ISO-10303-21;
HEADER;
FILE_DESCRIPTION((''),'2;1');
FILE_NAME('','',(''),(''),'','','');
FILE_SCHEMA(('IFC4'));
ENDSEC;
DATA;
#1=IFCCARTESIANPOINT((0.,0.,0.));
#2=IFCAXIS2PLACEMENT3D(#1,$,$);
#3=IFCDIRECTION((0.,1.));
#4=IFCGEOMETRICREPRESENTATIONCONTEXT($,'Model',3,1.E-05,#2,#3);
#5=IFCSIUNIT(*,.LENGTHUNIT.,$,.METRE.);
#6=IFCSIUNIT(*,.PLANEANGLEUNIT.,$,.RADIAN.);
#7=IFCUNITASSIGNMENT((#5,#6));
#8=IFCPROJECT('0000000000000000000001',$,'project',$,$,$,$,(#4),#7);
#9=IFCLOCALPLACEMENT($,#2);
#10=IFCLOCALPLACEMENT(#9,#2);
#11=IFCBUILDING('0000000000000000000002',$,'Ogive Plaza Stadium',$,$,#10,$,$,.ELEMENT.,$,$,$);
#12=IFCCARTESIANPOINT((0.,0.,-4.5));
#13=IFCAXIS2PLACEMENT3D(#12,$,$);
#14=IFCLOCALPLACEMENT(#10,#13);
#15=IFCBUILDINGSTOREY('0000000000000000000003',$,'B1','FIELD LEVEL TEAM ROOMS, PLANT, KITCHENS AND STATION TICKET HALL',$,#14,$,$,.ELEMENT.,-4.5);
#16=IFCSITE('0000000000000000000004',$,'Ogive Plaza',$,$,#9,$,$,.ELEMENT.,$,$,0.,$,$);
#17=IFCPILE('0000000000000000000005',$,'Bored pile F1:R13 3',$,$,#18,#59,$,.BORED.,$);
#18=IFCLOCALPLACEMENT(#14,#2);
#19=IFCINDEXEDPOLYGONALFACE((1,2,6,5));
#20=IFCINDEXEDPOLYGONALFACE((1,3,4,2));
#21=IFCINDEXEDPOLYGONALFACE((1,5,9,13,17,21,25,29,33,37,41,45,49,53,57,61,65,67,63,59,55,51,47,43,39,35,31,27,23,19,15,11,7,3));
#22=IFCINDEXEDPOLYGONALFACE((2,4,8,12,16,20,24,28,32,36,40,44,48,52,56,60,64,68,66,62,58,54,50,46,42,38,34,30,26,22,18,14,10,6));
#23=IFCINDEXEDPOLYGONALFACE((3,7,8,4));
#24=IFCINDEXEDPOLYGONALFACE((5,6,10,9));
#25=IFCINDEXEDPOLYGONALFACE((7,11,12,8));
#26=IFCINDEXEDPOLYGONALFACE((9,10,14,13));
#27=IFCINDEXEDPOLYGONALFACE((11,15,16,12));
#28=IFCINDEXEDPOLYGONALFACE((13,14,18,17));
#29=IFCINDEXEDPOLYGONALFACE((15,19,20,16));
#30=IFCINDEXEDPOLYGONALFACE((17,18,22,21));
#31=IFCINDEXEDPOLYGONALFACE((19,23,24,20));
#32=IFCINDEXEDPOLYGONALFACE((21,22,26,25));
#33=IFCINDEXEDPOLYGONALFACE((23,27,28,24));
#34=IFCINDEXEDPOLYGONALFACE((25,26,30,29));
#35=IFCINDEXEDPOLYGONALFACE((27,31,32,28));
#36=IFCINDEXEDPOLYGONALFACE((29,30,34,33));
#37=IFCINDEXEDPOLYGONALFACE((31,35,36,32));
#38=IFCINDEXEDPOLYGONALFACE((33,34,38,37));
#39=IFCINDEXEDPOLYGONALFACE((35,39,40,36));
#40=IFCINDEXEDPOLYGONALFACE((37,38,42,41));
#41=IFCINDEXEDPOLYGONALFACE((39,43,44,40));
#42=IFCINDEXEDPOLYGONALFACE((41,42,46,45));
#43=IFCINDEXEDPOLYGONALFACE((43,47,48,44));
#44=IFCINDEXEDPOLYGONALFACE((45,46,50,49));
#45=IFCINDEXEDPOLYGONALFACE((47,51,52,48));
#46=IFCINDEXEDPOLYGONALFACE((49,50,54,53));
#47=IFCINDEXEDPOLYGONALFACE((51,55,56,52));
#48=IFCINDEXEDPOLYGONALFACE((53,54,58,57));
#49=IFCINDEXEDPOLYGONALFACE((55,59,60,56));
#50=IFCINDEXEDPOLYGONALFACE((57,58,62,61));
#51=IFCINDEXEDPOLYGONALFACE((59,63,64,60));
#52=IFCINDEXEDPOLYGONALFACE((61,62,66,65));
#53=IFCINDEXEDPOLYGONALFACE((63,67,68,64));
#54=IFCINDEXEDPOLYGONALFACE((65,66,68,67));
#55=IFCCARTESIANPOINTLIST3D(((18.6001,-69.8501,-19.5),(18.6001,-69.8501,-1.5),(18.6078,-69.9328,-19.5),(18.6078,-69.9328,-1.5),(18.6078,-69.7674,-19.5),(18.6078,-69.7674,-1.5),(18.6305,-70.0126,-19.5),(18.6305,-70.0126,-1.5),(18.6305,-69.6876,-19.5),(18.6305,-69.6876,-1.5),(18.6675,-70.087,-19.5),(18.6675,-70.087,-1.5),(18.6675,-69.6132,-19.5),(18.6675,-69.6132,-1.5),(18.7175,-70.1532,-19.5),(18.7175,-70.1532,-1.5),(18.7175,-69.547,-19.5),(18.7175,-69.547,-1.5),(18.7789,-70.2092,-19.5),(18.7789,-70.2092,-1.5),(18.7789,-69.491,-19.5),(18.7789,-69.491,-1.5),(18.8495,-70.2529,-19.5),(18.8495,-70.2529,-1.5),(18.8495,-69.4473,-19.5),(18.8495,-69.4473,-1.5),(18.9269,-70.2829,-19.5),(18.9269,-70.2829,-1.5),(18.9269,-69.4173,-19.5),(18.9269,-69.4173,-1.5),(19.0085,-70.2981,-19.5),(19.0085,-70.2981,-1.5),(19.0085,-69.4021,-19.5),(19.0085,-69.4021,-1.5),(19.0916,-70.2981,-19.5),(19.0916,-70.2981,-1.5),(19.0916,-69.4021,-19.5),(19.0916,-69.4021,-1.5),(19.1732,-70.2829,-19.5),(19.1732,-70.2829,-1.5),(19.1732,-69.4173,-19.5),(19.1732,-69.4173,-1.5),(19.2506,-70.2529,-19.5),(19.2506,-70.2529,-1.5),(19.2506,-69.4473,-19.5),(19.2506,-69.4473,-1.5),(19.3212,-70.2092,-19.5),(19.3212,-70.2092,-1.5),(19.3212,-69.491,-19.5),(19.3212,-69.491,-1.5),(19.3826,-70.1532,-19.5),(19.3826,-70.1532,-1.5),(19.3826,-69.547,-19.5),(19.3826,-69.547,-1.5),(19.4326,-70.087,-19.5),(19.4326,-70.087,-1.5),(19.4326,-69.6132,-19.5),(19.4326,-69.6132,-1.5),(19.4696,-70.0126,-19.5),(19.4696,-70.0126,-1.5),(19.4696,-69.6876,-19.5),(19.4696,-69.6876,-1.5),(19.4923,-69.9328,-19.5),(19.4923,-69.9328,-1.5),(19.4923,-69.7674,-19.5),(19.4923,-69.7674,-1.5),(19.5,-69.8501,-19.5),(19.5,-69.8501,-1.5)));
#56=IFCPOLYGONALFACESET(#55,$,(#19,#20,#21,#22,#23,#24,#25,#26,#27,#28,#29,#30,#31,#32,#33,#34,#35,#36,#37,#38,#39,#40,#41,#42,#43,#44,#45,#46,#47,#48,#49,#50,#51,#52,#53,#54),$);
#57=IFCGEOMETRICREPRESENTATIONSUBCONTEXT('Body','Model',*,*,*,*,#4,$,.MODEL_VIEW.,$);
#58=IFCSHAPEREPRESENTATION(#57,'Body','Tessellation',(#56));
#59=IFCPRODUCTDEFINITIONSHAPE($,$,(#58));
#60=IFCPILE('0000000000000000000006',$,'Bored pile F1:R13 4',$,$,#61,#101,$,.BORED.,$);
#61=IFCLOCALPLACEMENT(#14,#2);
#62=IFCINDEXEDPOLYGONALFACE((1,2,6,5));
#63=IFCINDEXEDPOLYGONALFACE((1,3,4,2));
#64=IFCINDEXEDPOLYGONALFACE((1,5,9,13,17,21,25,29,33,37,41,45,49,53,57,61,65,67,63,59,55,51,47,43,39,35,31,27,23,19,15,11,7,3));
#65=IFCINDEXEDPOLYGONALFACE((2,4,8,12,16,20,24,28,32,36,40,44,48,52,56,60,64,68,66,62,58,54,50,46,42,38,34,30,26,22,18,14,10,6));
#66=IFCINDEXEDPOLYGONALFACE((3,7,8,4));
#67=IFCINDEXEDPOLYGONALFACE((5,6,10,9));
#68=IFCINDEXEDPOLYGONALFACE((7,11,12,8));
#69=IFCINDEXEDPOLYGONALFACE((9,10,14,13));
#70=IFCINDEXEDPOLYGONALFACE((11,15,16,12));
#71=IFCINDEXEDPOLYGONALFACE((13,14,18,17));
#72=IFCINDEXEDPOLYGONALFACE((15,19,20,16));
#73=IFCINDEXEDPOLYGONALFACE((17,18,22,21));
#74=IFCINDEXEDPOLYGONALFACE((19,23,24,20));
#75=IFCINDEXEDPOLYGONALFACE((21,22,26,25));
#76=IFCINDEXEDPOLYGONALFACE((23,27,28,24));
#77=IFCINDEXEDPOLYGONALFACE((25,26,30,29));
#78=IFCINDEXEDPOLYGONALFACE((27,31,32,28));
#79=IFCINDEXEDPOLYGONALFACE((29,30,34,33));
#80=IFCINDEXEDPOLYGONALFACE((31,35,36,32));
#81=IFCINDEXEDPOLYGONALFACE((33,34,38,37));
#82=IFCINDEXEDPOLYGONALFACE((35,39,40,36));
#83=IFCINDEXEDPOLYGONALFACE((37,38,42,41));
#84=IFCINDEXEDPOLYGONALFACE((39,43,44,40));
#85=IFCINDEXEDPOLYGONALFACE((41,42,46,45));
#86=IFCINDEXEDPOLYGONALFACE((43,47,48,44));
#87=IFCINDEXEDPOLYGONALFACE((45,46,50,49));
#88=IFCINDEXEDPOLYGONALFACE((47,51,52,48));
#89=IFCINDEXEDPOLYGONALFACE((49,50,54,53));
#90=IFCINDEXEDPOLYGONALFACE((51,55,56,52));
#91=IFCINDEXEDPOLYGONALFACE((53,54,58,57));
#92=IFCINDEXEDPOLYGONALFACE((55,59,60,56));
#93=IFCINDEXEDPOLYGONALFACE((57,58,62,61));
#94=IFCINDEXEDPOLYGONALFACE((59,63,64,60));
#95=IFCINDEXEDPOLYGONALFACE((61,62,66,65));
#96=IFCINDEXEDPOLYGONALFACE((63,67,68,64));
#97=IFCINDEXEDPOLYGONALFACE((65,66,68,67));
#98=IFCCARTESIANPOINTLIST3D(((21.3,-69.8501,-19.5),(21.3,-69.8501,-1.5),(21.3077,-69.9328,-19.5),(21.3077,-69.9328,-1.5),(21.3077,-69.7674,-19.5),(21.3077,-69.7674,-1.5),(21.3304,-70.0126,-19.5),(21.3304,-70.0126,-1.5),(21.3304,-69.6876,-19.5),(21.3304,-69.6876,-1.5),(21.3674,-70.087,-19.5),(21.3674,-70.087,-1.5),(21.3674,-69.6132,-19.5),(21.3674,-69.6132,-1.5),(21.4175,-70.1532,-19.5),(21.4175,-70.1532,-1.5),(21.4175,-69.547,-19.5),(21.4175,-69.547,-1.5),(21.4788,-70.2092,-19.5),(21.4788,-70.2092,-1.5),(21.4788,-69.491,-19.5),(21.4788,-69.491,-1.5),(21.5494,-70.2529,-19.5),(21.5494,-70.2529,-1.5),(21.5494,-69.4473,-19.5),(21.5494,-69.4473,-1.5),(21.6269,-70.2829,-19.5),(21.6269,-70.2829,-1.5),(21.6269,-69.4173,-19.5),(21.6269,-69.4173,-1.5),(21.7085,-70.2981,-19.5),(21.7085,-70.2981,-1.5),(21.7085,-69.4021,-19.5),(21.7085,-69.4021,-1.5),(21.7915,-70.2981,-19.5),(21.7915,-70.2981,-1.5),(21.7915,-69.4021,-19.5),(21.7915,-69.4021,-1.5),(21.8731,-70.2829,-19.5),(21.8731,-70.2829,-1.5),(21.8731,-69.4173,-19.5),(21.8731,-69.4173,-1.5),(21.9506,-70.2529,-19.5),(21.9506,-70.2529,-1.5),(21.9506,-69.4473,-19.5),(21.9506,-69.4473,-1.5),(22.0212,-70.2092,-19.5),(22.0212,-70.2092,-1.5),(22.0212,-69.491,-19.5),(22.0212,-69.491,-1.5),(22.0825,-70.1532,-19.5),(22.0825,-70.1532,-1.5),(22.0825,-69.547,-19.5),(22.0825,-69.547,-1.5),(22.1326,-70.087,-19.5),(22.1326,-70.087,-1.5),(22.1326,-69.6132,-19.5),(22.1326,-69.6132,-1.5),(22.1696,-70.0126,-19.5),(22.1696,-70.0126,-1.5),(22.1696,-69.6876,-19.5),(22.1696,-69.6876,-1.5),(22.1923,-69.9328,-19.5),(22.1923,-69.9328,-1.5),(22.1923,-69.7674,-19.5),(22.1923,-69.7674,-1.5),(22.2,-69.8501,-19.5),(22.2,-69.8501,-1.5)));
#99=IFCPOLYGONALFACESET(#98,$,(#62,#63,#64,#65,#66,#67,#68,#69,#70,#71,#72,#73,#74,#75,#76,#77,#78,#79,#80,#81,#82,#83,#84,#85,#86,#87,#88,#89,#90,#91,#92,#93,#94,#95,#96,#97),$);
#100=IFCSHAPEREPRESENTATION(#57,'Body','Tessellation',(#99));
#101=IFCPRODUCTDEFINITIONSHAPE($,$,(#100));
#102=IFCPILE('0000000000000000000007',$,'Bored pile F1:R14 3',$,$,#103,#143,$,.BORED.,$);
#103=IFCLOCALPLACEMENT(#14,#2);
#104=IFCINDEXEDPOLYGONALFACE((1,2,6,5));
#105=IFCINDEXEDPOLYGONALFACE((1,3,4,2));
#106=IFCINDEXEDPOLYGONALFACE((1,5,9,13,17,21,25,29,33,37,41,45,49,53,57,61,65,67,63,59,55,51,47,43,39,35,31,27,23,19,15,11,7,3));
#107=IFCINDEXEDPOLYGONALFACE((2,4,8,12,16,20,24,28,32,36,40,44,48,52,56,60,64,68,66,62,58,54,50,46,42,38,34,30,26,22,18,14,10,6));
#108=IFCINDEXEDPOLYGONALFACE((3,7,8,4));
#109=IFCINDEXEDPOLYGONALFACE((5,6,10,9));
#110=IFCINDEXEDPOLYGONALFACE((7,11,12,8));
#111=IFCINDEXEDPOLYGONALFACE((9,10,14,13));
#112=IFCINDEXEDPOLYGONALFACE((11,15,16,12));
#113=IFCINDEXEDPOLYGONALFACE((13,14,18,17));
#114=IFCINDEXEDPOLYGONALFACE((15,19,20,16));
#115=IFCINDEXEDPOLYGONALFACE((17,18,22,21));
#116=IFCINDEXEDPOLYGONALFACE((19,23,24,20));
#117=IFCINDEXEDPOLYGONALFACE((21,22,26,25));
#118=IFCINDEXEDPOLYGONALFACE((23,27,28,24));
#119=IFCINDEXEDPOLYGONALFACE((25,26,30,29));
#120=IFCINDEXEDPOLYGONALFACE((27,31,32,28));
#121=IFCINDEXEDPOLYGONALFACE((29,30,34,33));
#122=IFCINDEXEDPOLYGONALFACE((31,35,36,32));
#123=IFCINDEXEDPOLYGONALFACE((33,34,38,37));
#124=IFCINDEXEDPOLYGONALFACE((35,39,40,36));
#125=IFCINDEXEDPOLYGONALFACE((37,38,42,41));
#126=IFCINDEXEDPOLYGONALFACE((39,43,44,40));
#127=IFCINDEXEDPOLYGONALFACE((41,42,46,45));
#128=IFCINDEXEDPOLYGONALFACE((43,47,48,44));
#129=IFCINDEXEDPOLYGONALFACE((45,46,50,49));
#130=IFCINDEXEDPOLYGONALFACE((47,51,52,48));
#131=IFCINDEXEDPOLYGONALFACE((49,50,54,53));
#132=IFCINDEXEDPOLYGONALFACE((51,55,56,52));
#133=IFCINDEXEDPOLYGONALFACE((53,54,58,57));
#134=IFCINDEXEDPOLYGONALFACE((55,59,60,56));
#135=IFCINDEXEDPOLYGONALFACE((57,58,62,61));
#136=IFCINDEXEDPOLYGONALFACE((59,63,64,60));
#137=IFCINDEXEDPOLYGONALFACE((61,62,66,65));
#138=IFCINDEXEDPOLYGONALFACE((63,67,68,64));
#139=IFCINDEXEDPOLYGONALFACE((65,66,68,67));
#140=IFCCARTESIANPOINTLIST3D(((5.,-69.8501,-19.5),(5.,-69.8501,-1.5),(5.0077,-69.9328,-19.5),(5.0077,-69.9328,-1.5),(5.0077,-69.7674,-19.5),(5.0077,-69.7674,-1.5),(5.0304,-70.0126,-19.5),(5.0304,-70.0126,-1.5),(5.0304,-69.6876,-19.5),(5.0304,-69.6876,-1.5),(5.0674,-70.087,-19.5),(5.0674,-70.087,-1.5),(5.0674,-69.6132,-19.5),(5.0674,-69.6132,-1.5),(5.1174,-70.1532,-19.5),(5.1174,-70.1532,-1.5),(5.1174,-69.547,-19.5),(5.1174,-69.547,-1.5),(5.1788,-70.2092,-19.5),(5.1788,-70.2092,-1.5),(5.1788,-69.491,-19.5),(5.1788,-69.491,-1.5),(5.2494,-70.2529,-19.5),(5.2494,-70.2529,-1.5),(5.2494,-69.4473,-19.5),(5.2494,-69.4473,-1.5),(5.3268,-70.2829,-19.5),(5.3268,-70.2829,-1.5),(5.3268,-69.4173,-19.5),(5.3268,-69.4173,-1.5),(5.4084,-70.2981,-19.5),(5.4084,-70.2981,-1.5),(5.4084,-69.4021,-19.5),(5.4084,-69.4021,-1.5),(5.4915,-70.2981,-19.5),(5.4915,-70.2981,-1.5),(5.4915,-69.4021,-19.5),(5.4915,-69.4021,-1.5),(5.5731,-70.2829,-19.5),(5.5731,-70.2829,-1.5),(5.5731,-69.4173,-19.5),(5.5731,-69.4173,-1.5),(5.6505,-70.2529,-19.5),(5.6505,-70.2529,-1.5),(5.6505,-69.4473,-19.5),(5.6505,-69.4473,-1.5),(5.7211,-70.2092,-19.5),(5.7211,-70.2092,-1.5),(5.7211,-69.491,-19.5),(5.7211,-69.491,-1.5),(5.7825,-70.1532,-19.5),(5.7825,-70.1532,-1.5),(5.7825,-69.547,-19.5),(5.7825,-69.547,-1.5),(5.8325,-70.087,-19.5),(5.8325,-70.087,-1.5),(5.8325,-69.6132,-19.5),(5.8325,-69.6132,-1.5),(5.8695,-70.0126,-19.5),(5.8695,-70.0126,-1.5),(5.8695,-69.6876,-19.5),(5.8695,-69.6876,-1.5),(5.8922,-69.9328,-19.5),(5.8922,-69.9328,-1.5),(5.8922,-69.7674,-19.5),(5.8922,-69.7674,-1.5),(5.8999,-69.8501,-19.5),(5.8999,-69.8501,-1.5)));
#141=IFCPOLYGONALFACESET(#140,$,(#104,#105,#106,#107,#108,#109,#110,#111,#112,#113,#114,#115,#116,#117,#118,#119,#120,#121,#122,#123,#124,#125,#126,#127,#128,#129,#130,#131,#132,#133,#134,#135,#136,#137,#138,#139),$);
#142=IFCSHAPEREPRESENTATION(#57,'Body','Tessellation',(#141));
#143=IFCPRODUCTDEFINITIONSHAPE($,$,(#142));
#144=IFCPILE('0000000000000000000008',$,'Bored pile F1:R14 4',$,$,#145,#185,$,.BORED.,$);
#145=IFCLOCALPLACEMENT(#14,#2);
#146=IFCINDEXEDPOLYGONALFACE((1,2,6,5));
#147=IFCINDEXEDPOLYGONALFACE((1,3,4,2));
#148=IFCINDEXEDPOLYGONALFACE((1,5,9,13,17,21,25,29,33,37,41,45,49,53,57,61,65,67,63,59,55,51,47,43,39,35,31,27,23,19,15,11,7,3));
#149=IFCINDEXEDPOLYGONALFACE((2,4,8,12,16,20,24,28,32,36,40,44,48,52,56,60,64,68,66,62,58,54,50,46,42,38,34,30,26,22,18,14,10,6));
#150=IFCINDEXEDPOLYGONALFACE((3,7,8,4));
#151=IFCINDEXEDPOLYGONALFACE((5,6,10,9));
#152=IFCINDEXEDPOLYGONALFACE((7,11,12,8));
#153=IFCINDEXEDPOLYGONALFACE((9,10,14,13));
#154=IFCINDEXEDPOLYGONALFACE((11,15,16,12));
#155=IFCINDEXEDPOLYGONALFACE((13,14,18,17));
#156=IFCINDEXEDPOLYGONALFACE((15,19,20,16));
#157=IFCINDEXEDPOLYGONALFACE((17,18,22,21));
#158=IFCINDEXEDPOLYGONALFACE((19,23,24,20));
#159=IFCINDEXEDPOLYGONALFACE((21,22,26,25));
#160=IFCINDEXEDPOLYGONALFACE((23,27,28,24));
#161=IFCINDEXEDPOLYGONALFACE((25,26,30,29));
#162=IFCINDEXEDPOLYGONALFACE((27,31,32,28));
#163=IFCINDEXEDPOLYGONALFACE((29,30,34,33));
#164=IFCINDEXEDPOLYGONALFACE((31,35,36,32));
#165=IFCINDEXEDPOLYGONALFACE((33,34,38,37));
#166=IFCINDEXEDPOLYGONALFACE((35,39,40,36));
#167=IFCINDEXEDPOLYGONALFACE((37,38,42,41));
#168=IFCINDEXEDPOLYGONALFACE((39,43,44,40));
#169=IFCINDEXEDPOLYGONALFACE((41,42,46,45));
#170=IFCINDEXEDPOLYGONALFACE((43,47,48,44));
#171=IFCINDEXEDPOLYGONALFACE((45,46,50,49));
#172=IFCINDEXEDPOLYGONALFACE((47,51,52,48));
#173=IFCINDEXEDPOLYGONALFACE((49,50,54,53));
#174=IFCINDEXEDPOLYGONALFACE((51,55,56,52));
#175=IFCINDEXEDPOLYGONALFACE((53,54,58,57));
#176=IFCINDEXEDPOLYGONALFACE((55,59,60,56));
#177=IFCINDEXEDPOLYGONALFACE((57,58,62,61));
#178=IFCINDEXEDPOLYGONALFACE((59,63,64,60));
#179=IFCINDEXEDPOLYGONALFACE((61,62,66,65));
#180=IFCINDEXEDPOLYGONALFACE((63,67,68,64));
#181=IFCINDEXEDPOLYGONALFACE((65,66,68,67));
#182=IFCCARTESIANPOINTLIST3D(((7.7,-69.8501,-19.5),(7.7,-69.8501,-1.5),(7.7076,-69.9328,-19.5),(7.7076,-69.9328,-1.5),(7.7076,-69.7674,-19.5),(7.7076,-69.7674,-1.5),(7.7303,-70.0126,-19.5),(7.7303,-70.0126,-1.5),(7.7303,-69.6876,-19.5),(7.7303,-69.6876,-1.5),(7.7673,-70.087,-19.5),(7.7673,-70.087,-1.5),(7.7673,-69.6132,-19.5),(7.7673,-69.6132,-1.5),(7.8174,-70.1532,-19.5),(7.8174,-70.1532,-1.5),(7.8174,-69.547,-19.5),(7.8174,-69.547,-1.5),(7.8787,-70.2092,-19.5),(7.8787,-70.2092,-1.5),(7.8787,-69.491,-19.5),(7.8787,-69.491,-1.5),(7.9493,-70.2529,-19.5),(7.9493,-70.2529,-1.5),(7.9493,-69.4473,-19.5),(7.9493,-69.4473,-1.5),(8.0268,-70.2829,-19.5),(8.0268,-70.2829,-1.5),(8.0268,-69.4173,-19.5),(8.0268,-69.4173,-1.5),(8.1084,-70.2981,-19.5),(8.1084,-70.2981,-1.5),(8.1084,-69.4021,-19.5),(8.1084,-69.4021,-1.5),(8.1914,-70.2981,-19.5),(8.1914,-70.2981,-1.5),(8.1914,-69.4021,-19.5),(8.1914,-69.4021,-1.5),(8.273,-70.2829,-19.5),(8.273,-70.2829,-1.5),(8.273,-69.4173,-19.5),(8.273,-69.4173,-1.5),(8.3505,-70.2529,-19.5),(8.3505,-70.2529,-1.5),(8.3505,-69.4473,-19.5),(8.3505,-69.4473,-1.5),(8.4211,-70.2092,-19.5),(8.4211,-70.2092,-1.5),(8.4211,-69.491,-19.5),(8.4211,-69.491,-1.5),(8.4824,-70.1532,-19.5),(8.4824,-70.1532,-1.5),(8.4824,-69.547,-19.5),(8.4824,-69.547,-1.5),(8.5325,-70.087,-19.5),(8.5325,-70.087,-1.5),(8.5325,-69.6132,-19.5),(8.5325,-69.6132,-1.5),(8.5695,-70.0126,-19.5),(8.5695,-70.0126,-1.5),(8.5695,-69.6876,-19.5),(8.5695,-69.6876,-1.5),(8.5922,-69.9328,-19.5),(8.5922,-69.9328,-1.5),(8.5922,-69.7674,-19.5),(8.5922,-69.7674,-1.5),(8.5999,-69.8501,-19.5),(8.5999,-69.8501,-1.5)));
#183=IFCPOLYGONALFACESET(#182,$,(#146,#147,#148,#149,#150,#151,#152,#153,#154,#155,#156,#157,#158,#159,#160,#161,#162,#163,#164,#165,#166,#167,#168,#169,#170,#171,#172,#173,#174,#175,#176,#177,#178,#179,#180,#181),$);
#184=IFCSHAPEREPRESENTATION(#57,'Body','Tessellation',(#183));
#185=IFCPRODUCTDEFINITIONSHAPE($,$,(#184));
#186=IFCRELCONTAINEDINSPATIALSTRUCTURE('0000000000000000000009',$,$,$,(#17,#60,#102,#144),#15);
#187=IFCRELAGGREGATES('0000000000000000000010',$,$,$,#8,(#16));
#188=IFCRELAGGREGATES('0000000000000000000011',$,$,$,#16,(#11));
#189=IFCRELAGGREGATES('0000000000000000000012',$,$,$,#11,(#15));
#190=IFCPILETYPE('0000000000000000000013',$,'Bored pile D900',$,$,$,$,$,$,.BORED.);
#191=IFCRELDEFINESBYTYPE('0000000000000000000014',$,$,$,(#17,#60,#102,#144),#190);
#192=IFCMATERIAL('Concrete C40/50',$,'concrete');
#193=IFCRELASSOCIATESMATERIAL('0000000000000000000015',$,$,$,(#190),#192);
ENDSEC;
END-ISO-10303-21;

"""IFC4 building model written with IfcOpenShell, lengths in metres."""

from ifc_helpers import new_model, si_unit, direction, frame, origin, origin_2d, place, context, subcontext, project, spatial, circle, extrude, material, material_profile, profile_set, type_object, element, save


model = new_model("IFC4")

# Units and contexts
model_context = context("Model", 3, precision=1e-05, world=origin(), true_north=direction((0.0, 1.0)))
body_context = subcontext(model_context, "Body", "Model", "MODEL_VIEW")
ifc_project = project(units=[si_unit("LENGTHUNIT", "METRE"), si_unit("PLANEANGLEUNIT", "RADIAN")], contexts=[model_context])

# Site, building, storey
site_placement = place(None, origin())
site = spatial("IfcSite", under=ifc_project, at=site_placement, Name="Ogive Plaza", CompositionType="ELEMENT", RefElevation=0.0)
building_placement = place(site_placement, origin())
building = spatial("IfcBuilding", under=site, at=building_placement, Name="Ogive Plaza Stadium", CompositionType="ELEMENT")
storey_placement = place(building_placement, frame((0.0, 0.0, -4.5)))
storey = spatial("IfcBuildingStorey", under=building, at=storey_placement, Name="B1", Description="FIELD LEVEL TEAM ROOMS, PLANT, KITCHENS AND STATION TICKET HALL", CompositionType="ELEMENT", Elevation=-4.5)

# Piles
ifc_material_1 = material(Name="Concrete C40/50", Category="concrete")
ifc_material_profile_1 = material_profile(ifc_material_1, circle(Radius=0.45, at=origin_2d()), Name="RC D900")
ifc_profile_set_1 = profile_set([ifc_material_profile_1], Name="Concrete C40/50")
pile_type_1 = type_object("IfcPileType", Name="Bored pile D900", PredefinedType="BORED", material=ifc_profile_set_1)
for number, where, z_axis, x_axis, name in (
    (1, (19.05, -69.8501, -1.5), (0.0, 0.0, -1.0), (1.0, 0.0, 0.0), "Bored pile F1:R13 3"),
    (2, (21.75, -69.8501, -1.5), (0.0, 0.0, -1.0), (1.0, 0.0, 0.0), "Bored pile F1:R13 4"),
    (3, (5.45, -69.8501, -1.5), (0.0, 0.0, -1.0), (1.0, 0.0, 0.0), "Bored pile F1:R14 3"),
    (4, (8.1499, -69.8501, -1.5), (0.0, 0.0, -1.0), (1.0, 0.0, 0.0), "Bored pile F1:R14 4"),
):
    element("IfcPile", number, at=place(storey_placement, frame(where, z_axis=z_axis, x_axis=x_axis)), inside=storey, type_object=pile_type_1, Name=name, PredefinedType="BORED", context=body_context, shape_type="SweptSolid", body=[
        extrude(circle(Radius=0.45, at=origin_2d()), origin(), (0.0, 0.0, 1.0), 18.0),
    ])

save(model, "model.ifc")
